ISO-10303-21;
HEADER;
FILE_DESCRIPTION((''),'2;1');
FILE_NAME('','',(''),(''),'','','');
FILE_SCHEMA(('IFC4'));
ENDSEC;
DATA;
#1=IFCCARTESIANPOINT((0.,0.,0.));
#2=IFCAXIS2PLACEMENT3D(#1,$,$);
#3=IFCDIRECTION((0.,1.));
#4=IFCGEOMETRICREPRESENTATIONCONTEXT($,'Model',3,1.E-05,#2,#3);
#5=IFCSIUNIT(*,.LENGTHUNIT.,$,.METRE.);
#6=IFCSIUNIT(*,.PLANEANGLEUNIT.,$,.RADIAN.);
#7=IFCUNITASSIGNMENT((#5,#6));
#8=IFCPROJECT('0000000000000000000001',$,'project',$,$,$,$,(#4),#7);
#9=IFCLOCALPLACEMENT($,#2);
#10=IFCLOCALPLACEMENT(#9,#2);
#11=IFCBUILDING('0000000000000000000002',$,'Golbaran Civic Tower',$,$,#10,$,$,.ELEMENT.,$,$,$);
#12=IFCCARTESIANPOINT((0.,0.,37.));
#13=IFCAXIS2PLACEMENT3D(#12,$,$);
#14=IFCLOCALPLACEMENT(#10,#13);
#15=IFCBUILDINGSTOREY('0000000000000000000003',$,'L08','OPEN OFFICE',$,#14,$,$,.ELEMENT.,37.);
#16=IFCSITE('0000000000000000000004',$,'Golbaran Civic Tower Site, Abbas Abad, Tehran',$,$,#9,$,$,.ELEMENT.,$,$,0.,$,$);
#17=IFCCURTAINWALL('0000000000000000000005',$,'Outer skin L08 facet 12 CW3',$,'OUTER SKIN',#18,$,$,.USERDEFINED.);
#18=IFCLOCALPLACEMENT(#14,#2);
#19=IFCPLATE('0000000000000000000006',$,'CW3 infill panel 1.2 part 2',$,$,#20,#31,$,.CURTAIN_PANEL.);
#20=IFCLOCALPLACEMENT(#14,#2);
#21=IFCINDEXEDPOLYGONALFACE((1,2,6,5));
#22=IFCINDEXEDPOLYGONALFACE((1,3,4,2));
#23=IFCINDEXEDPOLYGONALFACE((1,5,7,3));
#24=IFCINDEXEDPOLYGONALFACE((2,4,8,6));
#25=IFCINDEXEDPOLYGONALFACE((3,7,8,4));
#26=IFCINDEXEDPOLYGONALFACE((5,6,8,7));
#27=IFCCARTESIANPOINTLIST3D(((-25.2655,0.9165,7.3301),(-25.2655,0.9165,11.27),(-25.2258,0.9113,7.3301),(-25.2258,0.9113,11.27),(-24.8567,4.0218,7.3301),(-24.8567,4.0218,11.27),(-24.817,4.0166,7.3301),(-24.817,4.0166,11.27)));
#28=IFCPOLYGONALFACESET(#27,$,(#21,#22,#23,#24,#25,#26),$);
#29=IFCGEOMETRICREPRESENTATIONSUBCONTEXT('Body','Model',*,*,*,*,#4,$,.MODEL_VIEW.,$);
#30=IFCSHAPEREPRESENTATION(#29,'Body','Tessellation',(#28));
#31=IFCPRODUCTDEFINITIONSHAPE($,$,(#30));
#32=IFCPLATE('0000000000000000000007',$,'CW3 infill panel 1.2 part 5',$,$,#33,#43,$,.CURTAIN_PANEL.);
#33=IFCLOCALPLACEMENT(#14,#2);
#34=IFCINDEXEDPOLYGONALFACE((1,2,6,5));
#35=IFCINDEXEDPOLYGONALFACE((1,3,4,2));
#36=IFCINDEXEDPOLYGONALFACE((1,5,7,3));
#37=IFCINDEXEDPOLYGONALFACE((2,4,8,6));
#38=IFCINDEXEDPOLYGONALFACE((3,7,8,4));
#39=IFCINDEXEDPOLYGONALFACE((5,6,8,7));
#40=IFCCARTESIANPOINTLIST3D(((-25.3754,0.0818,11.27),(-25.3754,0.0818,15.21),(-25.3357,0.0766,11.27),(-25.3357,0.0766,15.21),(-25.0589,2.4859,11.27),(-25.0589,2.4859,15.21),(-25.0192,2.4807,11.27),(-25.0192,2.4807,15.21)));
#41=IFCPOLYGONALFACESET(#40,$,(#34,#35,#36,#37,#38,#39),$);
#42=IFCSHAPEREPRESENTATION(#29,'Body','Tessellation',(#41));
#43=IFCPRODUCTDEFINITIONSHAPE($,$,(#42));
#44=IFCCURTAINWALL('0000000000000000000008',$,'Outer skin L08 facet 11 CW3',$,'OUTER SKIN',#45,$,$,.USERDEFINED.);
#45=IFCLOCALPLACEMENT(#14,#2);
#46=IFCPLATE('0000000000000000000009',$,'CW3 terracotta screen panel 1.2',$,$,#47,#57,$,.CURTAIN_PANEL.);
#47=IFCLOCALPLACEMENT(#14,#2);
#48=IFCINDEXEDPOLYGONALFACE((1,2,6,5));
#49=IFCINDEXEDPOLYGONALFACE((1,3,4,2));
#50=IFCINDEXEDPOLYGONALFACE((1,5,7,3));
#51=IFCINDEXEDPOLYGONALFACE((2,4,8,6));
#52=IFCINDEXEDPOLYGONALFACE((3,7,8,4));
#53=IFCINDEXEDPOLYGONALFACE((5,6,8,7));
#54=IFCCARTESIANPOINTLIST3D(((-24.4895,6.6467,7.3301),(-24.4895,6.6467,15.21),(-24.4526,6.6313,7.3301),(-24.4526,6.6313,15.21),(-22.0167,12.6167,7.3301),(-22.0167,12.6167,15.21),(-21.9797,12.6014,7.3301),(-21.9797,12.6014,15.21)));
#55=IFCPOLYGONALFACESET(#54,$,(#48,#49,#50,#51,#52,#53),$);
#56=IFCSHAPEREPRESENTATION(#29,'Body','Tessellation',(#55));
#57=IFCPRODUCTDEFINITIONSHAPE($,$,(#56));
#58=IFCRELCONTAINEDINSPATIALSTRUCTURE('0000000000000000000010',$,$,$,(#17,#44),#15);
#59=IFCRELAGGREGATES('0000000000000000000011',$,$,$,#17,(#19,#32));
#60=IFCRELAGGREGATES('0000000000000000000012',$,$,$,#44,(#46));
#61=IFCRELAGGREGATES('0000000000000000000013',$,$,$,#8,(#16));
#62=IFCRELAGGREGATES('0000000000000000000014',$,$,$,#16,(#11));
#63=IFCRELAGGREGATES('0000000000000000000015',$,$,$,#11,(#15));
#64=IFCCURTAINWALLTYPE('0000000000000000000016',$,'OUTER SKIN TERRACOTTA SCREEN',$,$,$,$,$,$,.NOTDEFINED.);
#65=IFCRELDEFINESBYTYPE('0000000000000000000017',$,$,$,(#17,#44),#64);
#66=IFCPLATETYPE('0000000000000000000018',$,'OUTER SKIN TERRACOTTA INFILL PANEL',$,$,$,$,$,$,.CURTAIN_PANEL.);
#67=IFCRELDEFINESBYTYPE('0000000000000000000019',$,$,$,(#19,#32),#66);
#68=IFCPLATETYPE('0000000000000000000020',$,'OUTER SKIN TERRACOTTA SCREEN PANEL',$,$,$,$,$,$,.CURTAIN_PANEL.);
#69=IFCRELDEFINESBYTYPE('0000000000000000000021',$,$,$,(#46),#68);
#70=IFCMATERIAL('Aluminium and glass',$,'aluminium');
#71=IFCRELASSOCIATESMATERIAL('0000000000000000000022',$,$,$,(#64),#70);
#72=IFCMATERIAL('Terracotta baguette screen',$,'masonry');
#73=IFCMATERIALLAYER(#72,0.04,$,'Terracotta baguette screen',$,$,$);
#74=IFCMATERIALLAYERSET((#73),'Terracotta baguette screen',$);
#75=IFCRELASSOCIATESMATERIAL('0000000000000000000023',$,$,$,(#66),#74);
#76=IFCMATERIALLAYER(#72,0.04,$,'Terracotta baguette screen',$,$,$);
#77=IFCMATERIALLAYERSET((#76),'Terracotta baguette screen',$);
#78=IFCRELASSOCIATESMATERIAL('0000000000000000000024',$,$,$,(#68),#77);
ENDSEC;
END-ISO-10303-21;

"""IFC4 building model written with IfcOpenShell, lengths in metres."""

from ifc_helpers import new_model, si_unit, direction, frame, origin, origin_2d, place, context, subcontext, project, spatial, rectangle, extrude, material, layer, layer_set, type_object, element, aggregate, save


model = new_model("IFC4")

# Units and contexts
model_context = context("Model", 3, precision=1e-05, world=origin(), true_north=direction((0.0, 1.0)))
body_context = subcontext(model_context, "Body", "Model", "MODEL_VIEW")
ifc_project = project(units=[si_unit("LENGTHUNIT", "METRE"), si_unit("PLANEANGLEUNIT", "RADIAN")], contexts=[model_context])

# Site, building, storey
site_placement = place(None, origin())
site = spatial("IfcSite", under=ifc_project, at=site_placement, Name="Golbaran Civic Tower Site, Abbas Abad, Tehran", CompositionType="ELEMENT", RefElevation=0.0)
building_placement = place(site_placement, origin())
building = spatial("IfcBuilding", under=site, at=building_placement, Name="Golbaran Civic Tower", CompositionType="ELEMENT")
storey_placement = place(building_placement, frame((0.0, 0.0, 37.0)))
storey = spatial("IfcBuildingStorey", under=building, at=storey_placement, Name="L08", Description="OPEN OFFICE", CompositionType="ELEMENT", Elevation=37.0)

# Curtain wall
ifc_material_1 = material(Name="Aluminium and glass", Category="aluminium")
curtain_wall_type_1 = type_object("IfcCurtainWallType", Name="OUTER SKIN TERRACOTTA SCREEN", PredefinedType="NOTDEFINED", material=ifc_material_1)
curtain_wall_1_placement = place(storey_placement, origin())
curtain_wall_1 = element("IfcCurtainWall", 1, at=curtain_wall_1_placement, inside=storey, type_object=curtain_wall_type_1, Name="Outer skin L08 facet 12 CW3", ObjectType="OUTER SKIN", PredefinedType="USERDEFINED")

# Plates
ifc_material_2 = material(Name="Terracotta baguette screen", Category="masonry")
ifc_layer_1 = layer(ifc_material_2, 0.04, Name="Terracotta baguette screen")
ifc_layer_set_1 = layer_set([ifc_layer_1], Name="Terracotta baguette screen")
plate_type_1 = type_object("IfcPlateType", Name="OUTER SKIN TERRACOTTA INFILL PANEL", PredefinedType="CURTAIN_PANEL", material=ifc_layer_set_1)
plate_1_placement = place(storey_placement, frame((-25.0413, 2.4666, 7.3301), z_axis=(0.0, 0.0, 1.0), x_axis=(-0.130526, -0.991445, 0.0)))
plate_1 = element("IfcPlate", 2, at=plate_1_placement, type_object=plate_type_1, Name="CW3 infill panel 1.2 part 2", PredefinedType="CURTAIN_PANEL", context=body_context, shape_type="SweptSolid", body=[
    extrude(rectangle(XDim=3.1321, YDim=0.04, at=origin_2d()), origin(), (0.0, 0.0, 1.0), 3.9399),
])
plate_2_placement = place(storey_placement, frame((-25.1973, 1.2812, 11.27), z_axis=(0.0, 0.0, 1.0), x_axis=(-0.130526, -0.991445, 0.0)))
plate_2 = element("IfcPlate", 3, at=plate_2_placement, type_object=plate_type_1, Name="CW3 infill panel 1.2 part 5", PredefinedType="CURTAIN_PANEL", context=body_context, shape_type="SweptSolid", body=[
    extrude(rectangle(XDim=2.4248, YDim=0.04, at=origin_2d()), origin(), (0.0, 0.0, 1.0), 3.9399),
])
aggregate(curtain_wall_1, [plate_1, plate_2])

# Curtain wall, plate
curtain_wall_2_placement = place(storey_placement, origin())
curtain_wall_2 = element("IfcCurtainWall", 4, at=curtain_wall_2_placement, inside=storey, type_object=curtain_wall_type_1, Name="Outer skin L08 facet 11 CW3", ObjectType="OUTER SKIN", PredefinedType="USERDEFINED")
ifc_layer_2 = layer(ifc_material_2, 0.04, Name="Terracotta baguette screen")
ifc_layer_set_2 = layer_set([ifc_layer_2], Name="Terracotta baguette screen")
plate_type_2 = type_object("IfcPlateType", Name="OUTER SKIN TERRACOTTA SCREEN PANEL", PredefinedType="CURTAIN_PANEL", material=ifc_layer_set_2)
plate_3_placement = place(storey_placement, frame((-23.2346, 9.624, 7.3301), z_axis=(0.0, 0.0, 1.0), x_axis=(-0.382683, -0.92388, 0.0)))
plate_3 = element("IfcPlate", 5, at=plate_3_placement, type_object=plate_type_2, Name="CW3 terracotta screen panel 1.2", PredefinedType="CURTAIN_PANEL", context=body_context, shape_type="SweptSolid", body=[
    extrude(rectangle(XDim=6.4619, YDim=0.04, at=origin_2d()), origin(), (0.0, 0.0, 1.0), 7.8799),
])
aggregate(curtain_wall_2, [plate_3])

save(model, "model.ifc")
